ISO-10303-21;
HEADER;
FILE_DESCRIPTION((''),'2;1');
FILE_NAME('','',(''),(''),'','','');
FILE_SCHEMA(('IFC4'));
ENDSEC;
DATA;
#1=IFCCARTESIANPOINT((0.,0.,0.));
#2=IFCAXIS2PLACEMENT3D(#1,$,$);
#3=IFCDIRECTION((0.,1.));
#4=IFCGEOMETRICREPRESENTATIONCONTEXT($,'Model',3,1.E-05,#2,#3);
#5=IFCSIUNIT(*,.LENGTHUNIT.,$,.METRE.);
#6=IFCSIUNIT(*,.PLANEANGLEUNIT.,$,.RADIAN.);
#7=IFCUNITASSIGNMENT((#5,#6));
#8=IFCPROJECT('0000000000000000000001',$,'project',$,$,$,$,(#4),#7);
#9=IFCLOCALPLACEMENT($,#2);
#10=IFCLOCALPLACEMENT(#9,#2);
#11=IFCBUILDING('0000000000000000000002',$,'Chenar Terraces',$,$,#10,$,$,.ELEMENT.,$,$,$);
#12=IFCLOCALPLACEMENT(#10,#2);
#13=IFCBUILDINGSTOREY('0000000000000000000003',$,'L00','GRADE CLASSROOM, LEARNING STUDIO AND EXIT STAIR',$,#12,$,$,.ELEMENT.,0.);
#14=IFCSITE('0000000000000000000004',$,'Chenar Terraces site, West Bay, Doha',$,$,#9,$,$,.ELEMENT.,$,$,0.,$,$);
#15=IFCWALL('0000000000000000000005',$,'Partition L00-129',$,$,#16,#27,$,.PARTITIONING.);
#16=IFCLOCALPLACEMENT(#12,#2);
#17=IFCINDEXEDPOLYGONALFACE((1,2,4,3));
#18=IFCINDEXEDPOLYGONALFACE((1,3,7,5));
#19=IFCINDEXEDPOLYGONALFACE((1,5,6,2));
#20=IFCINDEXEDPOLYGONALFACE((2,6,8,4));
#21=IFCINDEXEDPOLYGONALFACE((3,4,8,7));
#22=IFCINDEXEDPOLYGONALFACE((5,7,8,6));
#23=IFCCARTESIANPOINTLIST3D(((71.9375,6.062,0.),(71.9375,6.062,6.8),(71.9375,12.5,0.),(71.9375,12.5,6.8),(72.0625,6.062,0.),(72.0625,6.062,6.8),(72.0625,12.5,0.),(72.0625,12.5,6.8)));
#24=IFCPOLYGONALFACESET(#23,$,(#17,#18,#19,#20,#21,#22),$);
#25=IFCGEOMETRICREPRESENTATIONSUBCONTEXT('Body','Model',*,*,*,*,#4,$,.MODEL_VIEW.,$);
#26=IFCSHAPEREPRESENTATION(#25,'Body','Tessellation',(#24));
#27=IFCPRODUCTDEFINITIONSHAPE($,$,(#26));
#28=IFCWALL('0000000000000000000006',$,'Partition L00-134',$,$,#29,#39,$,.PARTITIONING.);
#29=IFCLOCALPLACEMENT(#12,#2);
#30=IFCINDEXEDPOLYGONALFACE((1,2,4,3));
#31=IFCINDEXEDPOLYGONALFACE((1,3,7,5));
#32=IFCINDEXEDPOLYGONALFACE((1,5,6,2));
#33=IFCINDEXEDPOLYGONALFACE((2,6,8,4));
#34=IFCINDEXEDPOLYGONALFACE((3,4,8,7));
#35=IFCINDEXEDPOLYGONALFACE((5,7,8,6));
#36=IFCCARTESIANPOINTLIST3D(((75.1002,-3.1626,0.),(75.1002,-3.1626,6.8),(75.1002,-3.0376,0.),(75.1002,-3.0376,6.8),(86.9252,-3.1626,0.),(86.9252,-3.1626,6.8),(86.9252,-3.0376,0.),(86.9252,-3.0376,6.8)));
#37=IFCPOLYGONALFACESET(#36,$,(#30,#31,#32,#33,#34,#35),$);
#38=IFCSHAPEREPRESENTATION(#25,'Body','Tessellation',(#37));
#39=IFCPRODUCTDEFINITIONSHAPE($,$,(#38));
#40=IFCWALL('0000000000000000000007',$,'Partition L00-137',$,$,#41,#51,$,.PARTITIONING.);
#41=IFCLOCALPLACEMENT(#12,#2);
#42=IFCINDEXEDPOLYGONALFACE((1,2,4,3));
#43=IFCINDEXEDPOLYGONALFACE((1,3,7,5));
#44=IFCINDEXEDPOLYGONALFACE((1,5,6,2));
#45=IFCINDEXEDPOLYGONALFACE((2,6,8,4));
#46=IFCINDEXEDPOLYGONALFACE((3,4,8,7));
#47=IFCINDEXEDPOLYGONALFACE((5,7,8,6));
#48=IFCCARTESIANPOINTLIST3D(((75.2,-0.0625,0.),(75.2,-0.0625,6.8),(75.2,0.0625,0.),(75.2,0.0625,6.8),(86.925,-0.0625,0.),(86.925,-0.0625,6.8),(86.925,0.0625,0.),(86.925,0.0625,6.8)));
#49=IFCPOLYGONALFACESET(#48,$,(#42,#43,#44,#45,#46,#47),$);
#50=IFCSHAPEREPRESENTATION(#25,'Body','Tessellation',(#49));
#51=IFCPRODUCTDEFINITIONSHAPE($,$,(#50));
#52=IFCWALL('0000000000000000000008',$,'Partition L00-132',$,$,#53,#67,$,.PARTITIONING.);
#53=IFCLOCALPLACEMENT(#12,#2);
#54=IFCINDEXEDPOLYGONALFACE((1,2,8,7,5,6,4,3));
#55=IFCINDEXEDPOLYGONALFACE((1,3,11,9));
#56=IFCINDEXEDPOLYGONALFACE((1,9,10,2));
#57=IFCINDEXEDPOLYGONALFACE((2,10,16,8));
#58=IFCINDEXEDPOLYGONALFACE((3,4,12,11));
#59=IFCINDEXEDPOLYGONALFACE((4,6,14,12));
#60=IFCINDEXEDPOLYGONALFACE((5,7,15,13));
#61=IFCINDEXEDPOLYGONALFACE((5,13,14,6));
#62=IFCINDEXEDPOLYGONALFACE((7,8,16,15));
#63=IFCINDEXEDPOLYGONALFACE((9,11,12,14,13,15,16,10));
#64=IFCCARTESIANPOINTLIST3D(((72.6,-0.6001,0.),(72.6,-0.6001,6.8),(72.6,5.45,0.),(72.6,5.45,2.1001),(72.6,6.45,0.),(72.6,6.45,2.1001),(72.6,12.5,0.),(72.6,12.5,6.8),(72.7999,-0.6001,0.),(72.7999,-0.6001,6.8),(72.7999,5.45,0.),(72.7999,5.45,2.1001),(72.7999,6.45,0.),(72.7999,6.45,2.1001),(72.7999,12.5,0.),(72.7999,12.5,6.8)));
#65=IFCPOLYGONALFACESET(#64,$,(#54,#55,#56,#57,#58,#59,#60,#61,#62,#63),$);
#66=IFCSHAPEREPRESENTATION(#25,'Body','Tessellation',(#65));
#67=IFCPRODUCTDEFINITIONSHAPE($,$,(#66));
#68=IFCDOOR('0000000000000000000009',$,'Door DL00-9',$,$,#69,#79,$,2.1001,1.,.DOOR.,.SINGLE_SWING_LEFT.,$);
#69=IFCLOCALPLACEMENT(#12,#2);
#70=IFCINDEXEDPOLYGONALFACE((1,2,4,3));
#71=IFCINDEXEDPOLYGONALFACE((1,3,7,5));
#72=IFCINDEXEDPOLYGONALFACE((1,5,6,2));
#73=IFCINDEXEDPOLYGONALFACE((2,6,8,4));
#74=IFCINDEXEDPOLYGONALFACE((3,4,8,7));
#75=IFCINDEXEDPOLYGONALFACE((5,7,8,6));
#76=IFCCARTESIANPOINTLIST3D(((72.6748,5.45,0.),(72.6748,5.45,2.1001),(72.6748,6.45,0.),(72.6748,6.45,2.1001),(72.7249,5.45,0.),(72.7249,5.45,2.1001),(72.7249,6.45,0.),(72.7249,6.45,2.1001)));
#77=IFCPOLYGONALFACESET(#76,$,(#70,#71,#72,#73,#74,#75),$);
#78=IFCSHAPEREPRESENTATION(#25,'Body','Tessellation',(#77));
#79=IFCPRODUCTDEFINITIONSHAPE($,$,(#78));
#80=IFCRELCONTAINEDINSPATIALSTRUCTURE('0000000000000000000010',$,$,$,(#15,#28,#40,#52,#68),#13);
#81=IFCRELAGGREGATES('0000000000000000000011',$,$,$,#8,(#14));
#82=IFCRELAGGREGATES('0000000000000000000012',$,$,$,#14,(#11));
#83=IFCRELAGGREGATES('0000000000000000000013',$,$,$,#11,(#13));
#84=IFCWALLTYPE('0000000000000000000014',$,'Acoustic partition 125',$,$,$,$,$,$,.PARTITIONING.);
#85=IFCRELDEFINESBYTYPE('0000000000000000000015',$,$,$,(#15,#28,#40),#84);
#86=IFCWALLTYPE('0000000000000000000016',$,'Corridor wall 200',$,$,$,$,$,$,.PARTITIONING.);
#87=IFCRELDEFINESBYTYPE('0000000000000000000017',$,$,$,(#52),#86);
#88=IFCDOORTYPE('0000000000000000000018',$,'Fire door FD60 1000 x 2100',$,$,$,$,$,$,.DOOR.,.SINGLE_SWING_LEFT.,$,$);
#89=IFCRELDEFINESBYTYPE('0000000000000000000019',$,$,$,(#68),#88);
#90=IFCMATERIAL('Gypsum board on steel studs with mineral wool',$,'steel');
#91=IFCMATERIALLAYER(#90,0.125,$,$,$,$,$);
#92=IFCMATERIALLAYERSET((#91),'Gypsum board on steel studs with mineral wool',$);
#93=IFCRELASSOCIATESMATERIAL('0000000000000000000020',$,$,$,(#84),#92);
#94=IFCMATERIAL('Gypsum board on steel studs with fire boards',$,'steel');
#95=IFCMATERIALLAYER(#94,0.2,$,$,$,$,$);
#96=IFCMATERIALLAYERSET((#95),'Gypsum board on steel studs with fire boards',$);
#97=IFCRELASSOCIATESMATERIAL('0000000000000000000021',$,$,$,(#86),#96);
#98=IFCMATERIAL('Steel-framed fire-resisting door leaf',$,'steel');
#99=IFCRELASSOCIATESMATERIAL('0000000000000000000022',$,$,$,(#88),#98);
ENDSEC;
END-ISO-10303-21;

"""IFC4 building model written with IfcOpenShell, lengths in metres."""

from ifc_helpers import new_model, si_unit, direction, frame, frame_2d, origin, place, context, subcontext, project, spatial, rectangle, extrude, material, layer, layer_set, type_object, element, fill, save


model = new_model("IFC4")

# Units and contexts
model_context = context("Model", 3, precision=1e-05, world=origin(), true_north=direction((0.0, 1.0)))
body_context = subcontext(model_context, "Body", "Model", "MODEL_VIEW")
ifc_project = project(units=[si_unit("LENGTHUNIT", "METRE"), si_unit("PLANEANGLEUNIT", "RADIAN")], contexts=[model_context])

# Site, building, storey
site_placement = place(None, origin())
site = spatial("IfcSite", under=ifc_project, at=site_placement, Name="Chenar Terraces site, West Bay, Doha", CompositionType="ELEMENT", RefElevation=0.0)
building_placement = place(site_placement, origin())
building = spatial("IfcBuilding", under=site, at=building_placement, Name="Chenar Terraces", CompositionType="ELEMENT")
storey_placement = place(building_placement, origin())
storey = spatial("IfcBuildingStorey", under=building, at=storey_placement, Name="L00", Description="GRADE CLASSROOM, LEARNING STUDIO AND EXIT STAIR", CompositionType="ELEMENT", Elevation=0.0)

# Walls
ifc_material_1 = material(Name="Gypsum board on steel studs with mineral wool", Category="steel")
ifc_layer_1 = layer(ifc_material_1, 0.125)
ifc_layer_set_1 = layer_set([ifc_layer_1], Name="Gypsum board on steel studs with mineral wool")
wall_type_1 = type_object("IfcWallType", Name="Acoustic partition 125", PredefinedType="PARTITIONING", material=ifc_layer_set_1)
wall_1_placement = place(storey_placement, frame((72.0, 6.062, 0.0), z_axis=(0.0, 0.0, 1.0), x_axis=(0.0, 1.0, 0.0)))
element("IfcWall", 1, at=wall_1_placement, inside=storey, type_object=wall_type_1, Name="Partition L00-129", PredefinedType="PARTITIONING", context=body_context, shape_type="SweptSolid", body=[
    extrude(rectangle(XDim=6.438, YDim=0.125, at=frame_2d((3.219, 0.0))), origin(), (0.0, 0.0, 1.0), 6.8),
])
wall_2_placement = place(storey_placement, frame((75.1001, -3.1001, 0.0), z_axis=(0.0, 0.0, 1.0), x_axis=(1.0, 0.0, 0.0)))
element("IfcWall", 2, at=wall_2_placement, inside=storey, type_object=wall_type_1, Name="Partition L00-134", PredefinedType="PARTITIONING", context=body_context, shape_type="SweptSolid", body=[
    extrude(rectangle(XDim=11.825, YDim=0.125, at=frame_2d((5.9126, 0.0))), origin(), (0.0, 0.0, 1.0), 6.8),
])
wall_3_placement = place(storey_placement, frame((75.2, 0.0, 0.0), z_axis=(0.0, 0.0, 1.0), x_axis=(1.0, 0.0, 0.0)))
element("IfcWall", 3, at=wall_3_placement, inside=storey, type_object=wall_type_1, Name="Partition L00-137", PredefinedType="PARTITIONING", context=body_context, shape_type="SweptSolid", body=[
    extrude(rectangle(XDim=11.7251, YDim=0.125, at=frame_2d((5.8625, 0.0))), origin(), (0.0, 0.0, 1.0), 6.8),
])

# Wall, opening, door
ifc_material_2 = material(Name="Gypsum board on steel studs with fire boards", Category="steel")
ifc_layer_2 = layer(ifc_material_2, 0.2)
ifc_layer_set_2 = layer_set([ifc_layer_2], Name="Gypsum board on steel studs with fire boards")
wall_type_2 = type_object("IfcWallType", Name="Corridor wall 200", PredefinedType="PARTITIONING", material=ifc_layer_set_2)
wall_4_placement = place(storey_placement, frame((72.7, -0.6001, 0.0), z_axis=(0.0, 0.0, 1.0), x_axis=(0.0, 1.0, 0.0)))
wall_4 = element("IfcWall", 4, at=wall_4_placement, inside=storey, type_object=wall_type_2, Name="Partition L00-132", PredefinedType="PARTITIONING", context=body_context, shape_type="SweptSolid", body=[
    extrude(rectangle(XDim=13.1001, YDim=0.2, at=frame_2d((6.55, 0.0))), origin(), (0.0, 0.0, 1.0), 6.8),
])
opening_1_placement = place(wall_4_placement, frame((6.05, 0.0, 0.0)))
opening_1 = element("IfcOpeningElement", 5, at=opening_1_placement, cuts=wall_4, PredefinedType="OPENING", context=body_context, shape_type="SweptSolid", body=[
    extrude(rectangle(XDim=1.0, YDim=2.1001, at=frame_2d((0.5, 1.05))), frame((0.0, 0.1099, 0.0), z_axis=(0.0, -1.0, 0.0), x_axis=(1.0, 0.0, 0.0)), (0.0, 0.0, 1.0), 0.22),
])
ifc_material_3 = material(Name="Steel-framed fire-resisting door leaf", Category="steel")
door_type_1 = type_object("IfcDoorType", Name="Fire door FD60 1000 x 2100", OperationType="SINGLE_SWING_LEFT", PredefinedType="DOOR", material=ifc_material_3)
door_1_placement = place(opening_1_placement, frame((1.0, 0.0, 0.0), z_axis=(0.0, 0.0, 1.0), x_axis=(-1.0, 0.0, 0.0)))
door_1 = element("IfcDoor", 6, at=door_1_placement, inside=storey, type_object=door_type_1, Name="Door DL00-9", OperationType="SINGLE_SWING_LEFT", OverallHeight=2.1001, OverallWidth=1.0, PredefinedType="DOOR", context=body_context, shape_type="SweptSolid", body=[
    extrude(rectangle(XDim=1.0, YDim=2.1001, at=frame_2d((0.5, 1.05))), frame((0.0, 0.0249, 0.0), z_axis=(0.0, -1.0, 0.0), x_axis=(1.0, 0.0, 0.0)), (0.0, 0.0, 1.0), 0.05),
])
fill(opening_1, door_1)

save(model, "model.ifc")
